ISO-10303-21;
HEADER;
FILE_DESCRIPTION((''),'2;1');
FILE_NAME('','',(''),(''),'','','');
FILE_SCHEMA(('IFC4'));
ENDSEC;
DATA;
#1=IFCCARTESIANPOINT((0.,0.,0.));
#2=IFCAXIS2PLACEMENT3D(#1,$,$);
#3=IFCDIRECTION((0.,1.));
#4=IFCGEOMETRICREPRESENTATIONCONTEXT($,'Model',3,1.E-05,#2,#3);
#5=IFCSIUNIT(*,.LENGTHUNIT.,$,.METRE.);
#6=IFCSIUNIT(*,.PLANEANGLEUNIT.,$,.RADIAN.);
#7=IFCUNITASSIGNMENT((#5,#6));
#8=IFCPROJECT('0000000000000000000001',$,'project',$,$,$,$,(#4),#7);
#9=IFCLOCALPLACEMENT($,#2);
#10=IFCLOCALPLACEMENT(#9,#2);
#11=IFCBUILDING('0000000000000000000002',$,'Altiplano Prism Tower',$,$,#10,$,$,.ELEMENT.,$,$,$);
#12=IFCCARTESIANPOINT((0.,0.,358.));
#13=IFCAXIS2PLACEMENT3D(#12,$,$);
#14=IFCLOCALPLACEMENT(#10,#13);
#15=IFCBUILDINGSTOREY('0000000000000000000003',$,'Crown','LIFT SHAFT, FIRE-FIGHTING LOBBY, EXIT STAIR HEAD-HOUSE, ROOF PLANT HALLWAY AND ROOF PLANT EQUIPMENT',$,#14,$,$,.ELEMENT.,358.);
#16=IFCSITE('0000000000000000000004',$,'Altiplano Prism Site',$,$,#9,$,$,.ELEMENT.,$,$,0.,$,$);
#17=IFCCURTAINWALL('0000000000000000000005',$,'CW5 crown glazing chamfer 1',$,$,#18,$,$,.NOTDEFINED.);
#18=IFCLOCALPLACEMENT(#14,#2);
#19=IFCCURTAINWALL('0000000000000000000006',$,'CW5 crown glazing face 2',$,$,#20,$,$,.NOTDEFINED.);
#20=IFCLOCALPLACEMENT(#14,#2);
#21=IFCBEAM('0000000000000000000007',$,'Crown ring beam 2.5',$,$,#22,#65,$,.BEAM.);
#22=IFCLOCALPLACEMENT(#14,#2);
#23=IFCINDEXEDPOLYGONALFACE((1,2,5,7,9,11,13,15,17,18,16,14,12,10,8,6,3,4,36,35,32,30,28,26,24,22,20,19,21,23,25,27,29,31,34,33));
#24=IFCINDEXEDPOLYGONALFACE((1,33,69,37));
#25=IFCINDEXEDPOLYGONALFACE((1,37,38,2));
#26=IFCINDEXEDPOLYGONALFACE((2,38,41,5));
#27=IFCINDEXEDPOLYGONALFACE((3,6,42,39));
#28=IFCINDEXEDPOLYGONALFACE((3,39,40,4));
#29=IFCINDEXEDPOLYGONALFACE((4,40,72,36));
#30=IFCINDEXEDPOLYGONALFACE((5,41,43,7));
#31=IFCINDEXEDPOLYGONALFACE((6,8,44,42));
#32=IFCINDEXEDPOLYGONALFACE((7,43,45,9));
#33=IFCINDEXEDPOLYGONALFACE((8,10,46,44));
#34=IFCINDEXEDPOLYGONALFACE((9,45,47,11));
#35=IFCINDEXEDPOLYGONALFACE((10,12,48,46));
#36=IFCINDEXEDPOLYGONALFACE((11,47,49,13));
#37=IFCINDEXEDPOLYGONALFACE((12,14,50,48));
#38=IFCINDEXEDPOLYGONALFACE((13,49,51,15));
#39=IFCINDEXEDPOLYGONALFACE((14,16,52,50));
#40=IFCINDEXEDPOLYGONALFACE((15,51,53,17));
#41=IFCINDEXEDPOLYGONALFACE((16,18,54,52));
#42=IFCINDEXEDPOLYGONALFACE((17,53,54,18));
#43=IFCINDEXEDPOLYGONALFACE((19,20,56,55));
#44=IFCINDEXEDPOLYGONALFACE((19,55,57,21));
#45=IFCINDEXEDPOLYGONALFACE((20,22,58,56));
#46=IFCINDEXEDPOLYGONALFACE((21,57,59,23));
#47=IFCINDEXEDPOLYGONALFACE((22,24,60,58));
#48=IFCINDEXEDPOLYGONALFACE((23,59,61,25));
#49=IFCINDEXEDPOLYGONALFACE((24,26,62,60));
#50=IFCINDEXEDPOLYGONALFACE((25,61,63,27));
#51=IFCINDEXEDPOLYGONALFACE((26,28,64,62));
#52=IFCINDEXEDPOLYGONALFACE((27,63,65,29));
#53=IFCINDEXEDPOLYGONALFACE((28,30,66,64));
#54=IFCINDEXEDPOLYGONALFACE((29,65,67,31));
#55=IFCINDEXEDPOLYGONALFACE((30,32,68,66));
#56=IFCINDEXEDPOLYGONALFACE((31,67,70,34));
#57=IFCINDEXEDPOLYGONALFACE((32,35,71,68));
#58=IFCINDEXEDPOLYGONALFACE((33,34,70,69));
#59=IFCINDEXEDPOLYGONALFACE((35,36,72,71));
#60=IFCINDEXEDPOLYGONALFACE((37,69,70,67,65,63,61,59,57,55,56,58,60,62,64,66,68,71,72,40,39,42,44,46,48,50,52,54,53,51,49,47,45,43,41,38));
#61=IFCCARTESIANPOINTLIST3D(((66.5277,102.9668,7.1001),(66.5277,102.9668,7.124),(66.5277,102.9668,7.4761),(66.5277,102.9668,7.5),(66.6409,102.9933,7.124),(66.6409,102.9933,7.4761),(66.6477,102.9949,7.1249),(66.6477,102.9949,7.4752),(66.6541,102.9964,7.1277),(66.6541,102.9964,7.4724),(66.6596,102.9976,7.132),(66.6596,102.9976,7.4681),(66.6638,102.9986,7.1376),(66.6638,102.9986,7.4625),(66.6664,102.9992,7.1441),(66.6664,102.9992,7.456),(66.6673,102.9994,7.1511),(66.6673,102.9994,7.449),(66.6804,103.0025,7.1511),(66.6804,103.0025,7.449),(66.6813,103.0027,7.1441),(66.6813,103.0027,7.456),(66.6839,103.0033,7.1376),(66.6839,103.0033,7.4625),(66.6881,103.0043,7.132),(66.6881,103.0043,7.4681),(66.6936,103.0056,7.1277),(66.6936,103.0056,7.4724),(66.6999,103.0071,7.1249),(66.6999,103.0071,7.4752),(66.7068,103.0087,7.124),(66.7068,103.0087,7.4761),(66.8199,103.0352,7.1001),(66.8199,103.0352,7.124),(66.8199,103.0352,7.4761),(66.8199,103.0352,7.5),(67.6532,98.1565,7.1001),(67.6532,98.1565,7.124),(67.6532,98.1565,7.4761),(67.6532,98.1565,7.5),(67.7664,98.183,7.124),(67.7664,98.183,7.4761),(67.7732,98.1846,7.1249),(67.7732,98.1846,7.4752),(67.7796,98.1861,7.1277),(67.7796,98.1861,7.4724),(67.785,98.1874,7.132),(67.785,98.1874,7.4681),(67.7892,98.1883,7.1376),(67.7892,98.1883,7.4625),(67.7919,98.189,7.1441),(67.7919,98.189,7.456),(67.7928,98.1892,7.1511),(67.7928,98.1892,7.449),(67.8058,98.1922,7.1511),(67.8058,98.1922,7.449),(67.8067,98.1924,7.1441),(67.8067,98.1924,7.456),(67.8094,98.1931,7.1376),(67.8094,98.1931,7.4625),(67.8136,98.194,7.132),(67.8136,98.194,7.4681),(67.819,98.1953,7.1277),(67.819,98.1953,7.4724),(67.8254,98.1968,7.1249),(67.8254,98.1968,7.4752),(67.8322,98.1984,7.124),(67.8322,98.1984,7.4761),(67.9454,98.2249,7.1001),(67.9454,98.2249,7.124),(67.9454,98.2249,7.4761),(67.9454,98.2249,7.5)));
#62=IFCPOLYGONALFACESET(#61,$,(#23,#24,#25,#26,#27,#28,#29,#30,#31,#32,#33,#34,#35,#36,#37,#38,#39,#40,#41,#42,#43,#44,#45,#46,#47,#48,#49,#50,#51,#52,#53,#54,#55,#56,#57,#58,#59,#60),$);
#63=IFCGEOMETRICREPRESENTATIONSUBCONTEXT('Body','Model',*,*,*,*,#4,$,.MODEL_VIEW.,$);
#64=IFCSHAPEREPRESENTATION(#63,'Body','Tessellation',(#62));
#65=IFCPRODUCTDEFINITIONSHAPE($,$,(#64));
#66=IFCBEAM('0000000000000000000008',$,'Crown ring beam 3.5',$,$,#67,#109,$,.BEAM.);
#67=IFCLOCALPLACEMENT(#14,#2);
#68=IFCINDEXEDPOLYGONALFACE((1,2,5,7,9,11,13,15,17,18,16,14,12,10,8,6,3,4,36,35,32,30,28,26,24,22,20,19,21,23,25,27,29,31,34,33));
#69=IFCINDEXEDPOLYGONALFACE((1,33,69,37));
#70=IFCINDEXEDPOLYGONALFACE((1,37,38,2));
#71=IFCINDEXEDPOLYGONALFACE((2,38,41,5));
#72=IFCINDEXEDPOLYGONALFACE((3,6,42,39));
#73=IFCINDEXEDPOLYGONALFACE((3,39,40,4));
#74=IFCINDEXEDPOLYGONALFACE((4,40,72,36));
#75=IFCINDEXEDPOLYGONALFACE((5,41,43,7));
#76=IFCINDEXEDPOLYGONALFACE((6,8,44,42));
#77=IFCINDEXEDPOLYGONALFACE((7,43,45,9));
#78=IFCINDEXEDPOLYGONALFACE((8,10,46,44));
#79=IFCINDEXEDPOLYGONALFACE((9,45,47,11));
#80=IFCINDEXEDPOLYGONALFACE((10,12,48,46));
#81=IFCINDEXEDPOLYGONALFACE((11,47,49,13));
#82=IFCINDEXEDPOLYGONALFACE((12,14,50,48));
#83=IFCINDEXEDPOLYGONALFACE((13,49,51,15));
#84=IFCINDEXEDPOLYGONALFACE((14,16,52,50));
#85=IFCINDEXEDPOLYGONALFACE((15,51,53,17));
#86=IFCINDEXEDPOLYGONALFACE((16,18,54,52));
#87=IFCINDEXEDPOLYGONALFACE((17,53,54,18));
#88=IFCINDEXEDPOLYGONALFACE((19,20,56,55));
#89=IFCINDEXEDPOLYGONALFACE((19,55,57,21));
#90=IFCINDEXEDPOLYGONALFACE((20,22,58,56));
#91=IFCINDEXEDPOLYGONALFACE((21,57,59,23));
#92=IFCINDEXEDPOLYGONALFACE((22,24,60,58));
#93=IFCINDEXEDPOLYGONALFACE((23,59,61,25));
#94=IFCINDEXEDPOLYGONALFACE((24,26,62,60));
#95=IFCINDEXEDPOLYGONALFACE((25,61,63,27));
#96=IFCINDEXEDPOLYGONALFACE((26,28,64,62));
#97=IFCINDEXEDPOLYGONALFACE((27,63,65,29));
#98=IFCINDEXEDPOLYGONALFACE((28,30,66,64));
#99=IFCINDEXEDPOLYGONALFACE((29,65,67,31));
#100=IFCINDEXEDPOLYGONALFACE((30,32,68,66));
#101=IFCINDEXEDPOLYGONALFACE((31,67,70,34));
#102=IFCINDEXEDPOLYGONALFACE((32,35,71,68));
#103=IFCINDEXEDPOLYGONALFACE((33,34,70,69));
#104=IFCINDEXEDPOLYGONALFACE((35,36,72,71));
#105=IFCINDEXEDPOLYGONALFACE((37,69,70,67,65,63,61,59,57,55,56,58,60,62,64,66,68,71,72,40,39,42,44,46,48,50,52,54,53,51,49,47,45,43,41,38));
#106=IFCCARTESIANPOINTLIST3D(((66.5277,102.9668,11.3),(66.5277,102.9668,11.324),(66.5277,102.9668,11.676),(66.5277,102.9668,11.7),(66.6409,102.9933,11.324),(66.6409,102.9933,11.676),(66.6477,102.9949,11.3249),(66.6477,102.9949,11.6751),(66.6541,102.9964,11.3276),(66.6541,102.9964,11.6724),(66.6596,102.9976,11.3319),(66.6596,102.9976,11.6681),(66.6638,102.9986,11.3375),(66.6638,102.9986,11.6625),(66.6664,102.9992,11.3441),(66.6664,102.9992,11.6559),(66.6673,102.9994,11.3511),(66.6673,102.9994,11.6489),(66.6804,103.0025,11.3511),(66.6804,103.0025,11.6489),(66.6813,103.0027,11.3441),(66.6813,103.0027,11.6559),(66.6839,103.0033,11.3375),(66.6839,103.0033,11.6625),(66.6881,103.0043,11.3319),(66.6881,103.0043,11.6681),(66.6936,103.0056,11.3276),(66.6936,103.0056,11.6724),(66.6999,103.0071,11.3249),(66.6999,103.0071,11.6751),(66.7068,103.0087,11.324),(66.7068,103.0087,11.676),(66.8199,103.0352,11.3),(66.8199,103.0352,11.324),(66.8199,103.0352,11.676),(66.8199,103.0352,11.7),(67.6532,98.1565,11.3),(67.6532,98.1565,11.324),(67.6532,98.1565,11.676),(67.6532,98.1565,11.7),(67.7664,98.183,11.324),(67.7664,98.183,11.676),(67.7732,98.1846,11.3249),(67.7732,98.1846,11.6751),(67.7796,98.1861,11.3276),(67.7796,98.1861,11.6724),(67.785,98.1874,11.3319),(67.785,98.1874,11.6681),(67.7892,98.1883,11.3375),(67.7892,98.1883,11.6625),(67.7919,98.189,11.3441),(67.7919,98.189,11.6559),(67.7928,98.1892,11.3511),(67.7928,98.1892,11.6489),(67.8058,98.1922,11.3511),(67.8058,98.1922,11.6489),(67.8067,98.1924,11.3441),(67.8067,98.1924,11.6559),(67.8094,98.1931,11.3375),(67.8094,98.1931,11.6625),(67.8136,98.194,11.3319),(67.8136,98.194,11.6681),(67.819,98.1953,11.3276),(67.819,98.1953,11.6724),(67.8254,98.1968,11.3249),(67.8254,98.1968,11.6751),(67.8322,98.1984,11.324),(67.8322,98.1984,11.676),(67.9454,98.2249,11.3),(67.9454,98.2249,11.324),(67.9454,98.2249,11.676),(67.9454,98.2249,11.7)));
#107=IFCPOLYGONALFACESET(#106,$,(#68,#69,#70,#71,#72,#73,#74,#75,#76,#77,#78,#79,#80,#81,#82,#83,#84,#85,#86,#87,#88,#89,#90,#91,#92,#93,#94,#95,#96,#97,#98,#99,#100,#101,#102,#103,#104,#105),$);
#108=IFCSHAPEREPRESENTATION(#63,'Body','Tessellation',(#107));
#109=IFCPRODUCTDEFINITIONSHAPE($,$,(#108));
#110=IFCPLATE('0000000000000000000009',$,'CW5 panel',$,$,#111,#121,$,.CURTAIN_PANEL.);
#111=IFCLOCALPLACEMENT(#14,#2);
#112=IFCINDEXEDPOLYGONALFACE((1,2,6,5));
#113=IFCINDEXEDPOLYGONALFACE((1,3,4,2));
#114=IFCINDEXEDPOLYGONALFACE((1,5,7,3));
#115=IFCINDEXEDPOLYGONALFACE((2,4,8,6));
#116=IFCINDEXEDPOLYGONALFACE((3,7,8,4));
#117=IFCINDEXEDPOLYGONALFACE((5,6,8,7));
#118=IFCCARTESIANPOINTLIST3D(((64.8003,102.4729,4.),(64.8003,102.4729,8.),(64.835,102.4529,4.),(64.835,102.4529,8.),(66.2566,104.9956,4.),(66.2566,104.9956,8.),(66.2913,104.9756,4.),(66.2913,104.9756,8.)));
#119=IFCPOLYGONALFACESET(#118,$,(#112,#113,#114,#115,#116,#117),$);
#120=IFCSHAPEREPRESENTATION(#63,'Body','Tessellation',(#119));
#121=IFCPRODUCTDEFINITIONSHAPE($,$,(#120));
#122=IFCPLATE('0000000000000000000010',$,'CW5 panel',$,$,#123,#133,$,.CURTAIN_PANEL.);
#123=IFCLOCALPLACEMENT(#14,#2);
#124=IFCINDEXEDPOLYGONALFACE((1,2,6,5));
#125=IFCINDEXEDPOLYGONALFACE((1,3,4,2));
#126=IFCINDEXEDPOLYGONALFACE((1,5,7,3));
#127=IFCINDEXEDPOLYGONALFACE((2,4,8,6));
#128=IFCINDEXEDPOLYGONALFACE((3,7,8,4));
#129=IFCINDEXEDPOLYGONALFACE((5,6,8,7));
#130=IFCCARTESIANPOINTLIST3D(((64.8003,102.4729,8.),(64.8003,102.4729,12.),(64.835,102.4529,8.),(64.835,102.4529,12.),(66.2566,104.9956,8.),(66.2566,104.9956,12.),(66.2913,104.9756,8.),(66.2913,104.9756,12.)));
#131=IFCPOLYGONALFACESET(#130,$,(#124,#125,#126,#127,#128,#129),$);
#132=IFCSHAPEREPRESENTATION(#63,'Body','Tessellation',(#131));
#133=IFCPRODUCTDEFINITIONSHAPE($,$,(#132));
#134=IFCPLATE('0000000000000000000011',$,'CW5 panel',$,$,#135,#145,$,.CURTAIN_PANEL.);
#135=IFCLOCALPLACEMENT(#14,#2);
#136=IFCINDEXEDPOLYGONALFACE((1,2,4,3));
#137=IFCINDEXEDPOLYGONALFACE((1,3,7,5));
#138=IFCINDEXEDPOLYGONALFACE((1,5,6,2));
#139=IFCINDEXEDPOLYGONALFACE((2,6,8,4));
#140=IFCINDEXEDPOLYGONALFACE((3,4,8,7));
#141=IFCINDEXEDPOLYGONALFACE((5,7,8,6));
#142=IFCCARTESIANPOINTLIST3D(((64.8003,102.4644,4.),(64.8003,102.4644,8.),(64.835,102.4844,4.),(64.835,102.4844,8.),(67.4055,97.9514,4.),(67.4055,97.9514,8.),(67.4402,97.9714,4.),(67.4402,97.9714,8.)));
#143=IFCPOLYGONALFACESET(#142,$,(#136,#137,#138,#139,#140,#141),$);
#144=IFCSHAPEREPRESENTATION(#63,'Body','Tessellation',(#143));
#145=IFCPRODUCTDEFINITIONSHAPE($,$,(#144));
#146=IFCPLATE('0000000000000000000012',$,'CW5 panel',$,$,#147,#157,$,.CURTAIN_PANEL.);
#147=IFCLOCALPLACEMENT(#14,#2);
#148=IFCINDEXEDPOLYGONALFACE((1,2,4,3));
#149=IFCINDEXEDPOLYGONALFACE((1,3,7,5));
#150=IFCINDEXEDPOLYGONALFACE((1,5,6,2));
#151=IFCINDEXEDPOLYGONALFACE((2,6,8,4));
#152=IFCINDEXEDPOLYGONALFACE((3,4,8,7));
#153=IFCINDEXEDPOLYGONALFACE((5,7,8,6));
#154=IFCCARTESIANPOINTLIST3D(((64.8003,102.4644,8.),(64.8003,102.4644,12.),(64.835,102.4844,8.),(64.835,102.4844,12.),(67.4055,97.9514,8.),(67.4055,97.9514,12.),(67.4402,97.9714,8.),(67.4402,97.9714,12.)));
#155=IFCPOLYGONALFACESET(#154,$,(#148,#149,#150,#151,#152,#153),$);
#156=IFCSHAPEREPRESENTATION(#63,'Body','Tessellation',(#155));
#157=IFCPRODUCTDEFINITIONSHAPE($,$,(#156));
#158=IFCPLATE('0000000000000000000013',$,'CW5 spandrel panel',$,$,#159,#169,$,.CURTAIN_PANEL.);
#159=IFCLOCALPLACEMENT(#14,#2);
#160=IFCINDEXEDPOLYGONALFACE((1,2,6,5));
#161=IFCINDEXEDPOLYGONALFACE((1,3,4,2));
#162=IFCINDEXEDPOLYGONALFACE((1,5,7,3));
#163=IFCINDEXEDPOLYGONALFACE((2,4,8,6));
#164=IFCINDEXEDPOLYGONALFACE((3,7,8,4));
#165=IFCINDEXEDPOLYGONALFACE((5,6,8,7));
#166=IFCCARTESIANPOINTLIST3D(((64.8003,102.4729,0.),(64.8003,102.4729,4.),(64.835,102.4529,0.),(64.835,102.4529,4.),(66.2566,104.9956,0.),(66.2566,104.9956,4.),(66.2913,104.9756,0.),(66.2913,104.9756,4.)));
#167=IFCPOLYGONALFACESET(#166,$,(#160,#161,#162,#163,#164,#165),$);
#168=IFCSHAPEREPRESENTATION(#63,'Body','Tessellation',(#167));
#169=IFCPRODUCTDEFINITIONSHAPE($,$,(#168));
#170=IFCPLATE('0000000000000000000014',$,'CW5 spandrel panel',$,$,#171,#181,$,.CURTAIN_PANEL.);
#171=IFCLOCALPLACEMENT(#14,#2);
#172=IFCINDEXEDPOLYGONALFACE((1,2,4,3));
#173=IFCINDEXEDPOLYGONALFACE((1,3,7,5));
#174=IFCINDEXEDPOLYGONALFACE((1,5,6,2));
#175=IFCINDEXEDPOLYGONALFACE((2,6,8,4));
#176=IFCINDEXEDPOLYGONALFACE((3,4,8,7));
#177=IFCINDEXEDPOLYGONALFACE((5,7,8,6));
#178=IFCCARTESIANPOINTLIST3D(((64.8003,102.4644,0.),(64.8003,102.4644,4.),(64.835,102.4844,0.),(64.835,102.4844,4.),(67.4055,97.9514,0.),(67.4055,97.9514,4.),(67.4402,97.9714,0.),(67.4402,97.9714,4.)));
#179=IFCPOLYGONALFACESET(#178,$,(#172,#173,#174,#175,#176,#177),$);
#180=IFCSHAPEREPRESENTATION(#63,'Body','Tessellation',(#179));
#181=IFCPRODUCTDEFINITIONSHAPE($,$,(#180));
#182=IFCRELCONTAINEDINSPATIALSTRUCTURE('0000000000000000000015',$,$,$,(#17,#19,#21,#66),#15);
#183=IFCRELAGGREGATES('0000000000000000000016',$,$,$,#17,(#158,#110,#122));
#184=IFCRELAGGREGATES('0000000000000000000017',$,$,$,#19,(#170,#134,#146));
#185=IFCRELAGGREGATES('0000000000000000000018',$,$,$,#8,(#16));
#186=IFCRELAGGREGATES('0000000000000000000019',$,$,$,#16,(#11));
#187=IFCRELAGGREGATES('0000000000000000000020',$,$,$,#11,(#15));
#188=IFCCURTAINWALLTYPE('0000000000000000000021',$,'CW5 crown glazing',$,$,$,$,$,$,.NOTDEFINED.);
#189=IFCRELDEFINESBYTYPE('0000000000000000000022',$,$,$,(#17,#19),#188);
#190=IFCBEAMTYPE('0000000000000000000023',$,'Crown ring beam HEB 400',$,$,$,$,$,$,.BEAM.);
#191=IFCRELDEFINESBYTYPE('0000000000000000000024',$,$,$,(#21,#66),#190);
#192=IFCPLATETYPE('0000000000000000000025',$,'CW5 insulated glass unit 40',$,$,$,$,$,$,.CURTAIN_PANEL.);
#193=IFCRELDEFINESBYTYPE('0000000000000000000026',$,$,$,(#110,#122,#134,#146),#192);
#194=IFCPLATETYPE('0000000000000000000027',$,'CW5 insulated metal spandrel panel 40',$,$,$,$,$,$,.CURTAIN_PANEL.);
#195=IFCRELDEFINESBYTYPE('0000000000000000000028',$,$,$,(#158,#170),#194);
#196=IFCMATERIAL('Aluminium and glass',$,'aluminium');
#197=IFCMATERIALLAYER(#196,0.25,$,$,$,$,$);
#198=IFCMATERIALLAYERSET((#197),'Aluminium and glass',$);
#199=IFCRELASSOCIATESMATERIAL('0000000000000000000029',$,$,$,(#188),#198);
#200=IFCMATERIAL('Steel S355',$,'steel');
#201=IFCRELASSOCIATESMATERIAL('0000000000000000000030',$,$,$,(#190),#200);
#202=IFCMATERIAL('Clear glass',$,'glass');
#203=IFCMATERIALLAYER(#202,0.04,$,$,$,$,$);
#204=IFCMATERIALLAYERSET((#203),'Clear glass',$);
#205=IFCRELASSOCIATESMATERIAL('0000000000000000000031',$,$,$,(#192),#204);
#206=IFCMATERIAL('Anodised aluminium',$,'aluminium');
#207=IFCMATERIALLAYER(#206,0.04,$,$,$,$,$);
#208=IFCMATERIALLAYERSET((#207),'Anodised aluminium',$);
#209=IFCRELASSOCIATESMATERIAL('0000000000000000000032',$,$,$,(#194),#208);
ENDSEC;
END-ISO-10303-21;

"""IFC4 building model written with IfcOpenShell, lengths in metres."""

from ifc_helpers import new_model, si_unit, direction, frame, origin, origin_2d, place, context, subcontext, project, spatial, polyline, i_section, outline, extrude, material, layer, layer_set, material_profile, profile_set, type_object, element, aggregate, save


model = new_model("IFC4")

# Units and contexts
model_context = context("Model", 3, precision=1e-05, world=origin(), true_north=direction((0.0, 1.0)))
body_context = subcontext(model_context, "Body", "Model", "MODEL_VIEW")
ifc_project = project(units=[si_unit("LENGTHUNIT", "METRE"), si_unit("PLANEANGLEUNIT", "RADIAN")], contexts=[model_context])

# Site, building, storey
site_placement = place(None, origin())
site = spatial("IfcSite", under=ifc_project, at=site_placement, Name="Altiplano Prism Site", CompositionType="ELEMENT", RefElevation=0.0)
building_placement = place(site_placement, origin())
building = spatial("IfcBuilding", under=site, at=building_placement, Name="Altiplano Prism Tower", CompositionType="ELEMENT")
storey_placement = place(building_placement, frame((0.0, 0.0, 358.0)))
storey = spatial("IfcBuildingStorey", under=building, at=storey_placement, Name="Crown", Description="LIFT SHAFT, FIRE-FIGHTING LOBBY, EXIT STAIR HEAD-HOUSE, ROOF PLANT HALLWAY AND ROOF PLANT EQUIPMENT", CompositionType="ELEMENT", Elevation=358.0)

# Curtain walls
ifc_material_1 = material(Name="Aluminium and glass", Category="aluminium")
ifc_layer_1 = layer(ifc_material_1, 0.25)
ifc_layer_set_1 = layer_set([ifc_layer_1], Name="Aluminium and glass")
curtain_wall_type = type_object("IfcCurtainWallType", Name="CW5 crown glazing", PredefinedType="NOTDEFINED", material=ifc_layer_set_1)
curtain_wall_1_placement = place(storey_placement, origin())
curtain_wall_1 = element("IfcCurtainWall", 1, at=curtain_wall_1_placement, inside=storey, type_object=curtain_wall_type, Name="CW5 crown glazing chamfer 1", PredefinedType="NOTDEFINED")
curtain_wall_2_placement = place(storey_placement, origin())
curtain_wall_2 = element("IfcCurtainWall", 2, at=curtain_wall_2_placement, inside=storey, type_object=curtain_wall_type, Name="CW5 crown glazing face 2", PredefinedType="NOTDEFINED")

# Shared definitions
ifc_material_2 = material(Name="Steel S355", Category="steel")

# Beams
ifc_material_profile_1 = material_profile(ifc_material_2, i_section(OverallWidth=0.3, OverallDepth=0.3999, WebThickness=0.0134, FlangeThickness=0.0239, FilletRadius=0.0271, at=origin_2d()), Name="Crown ring beam HEB 400")
ifc_profile_set_1 = profile_set([ifc_material_profile_1], Name="Steel S355")
beam_type = type_object("IfcBeamType", Name="Crown ring beam HEB 400", PredefinedType="BEAM", material=ifc_profile_set_1)
for number, where, z_axis, x_axis, name in (
    (3, (66.6738, 103.001, 7.3), (0.227822, -0.973703, 0.0), (0.973703, 0.227822, 0.0), "Crown ring beam 2.5"),
    (4, (66.6738, 103.001, 11.5), (0.227822, -0.973703, 0.0), (0.973703, 0.227822, 0.0), "Crown ring beam 3.5"),
):
    element("IfcBeam", number, at=place(storey_placement, frame(where, z_axis=z_axis, x_axis=x_axis)), inside=storey, type_object=beam_type, Name=name, PredefinedType="BEAM", context=body_context, shape_type="SweptSolid", body=[
        extrude(i_section(OverallWidth=0.3, OverallDepth=0.3999, WebThickness=0.0134, FlangeThickness=0.0239, FilletRadius=0.0271, at=origin_2d()), origin(), (0.0, 0.0, 1.0), 4.9402),
    ])

# Plates
ifc_material_3 = material(Name="Clear glass", Category="glass")
ifc_layer_2 = layer(ifc_material_3, 0.04)
ifc_layer_set_2 = layer_set([ifc_layer_2], Name="Clear glass")
plate_type_1 = type_object("IfcPlateType", Name="CW5 insulated glass unit 40", PredefinedType="CURTAIN_PANEL", material=ifc_layer_set_2)
plate_1_placement = place(storey_placement, frame((66.2566, 104.9956, 4.0), z_axis=(-0.866053, 0.499952, 0.0), x_axis=(-0.499952, -0.866053, 0.0)))
plate_1 = element("IfcPlate", 5, at=plate_1_placement, type_object=plate_type_1, Name="CW5 panel", PredefinedType="CURTAIN_PANEL", context=body_context, shape_type="SweptSolid", body=[
    extrude(outline(polyline([(0.0, 0.0), (2.9128, 0.0), (2.9128, 4.0), (0.0, 4.0), (0.0, 0.0)])), origin(), (0.0, 0.0, -1.0), 0.04),
])
plate_2_placement = place(storey_placement, frame((66.2566, 104.9956, 8.0), z_axis=(-0.866053, 0.499952, 0.0), x_axis=(-0.499952, -0.866053, 0.0)))
plate_2 = element("IfcPlate", 6, at=plate_2_placement, type_object=plate_type_1, Name="CW5 panel", PredefinedType="CURTAIN_PANEL", context=body_context, shape_type="SweptSolid", body=[
    extrude(outline(polyline([(0.0, 0.0), (2.9128, 0.0), (2.9128, 4.0), (0.0, 4.0), (0.0, 0.0)])), origin(), (0.0, 0.0, -1.0), 0.04),
])
plate_3_placement = place(storey_placement, frame((64.8003, 102.4644, 4.0), z_axis=(-0.866052, -0.499954, 0.0), x_axis=(0.499954, -0.866052, 0.0)))
plate_3 = element("IfcPlate", 7, at=plate_3_placement, type_object=plate_type_1, Name="CW5 panel", PredefinedType="CURTAIN_PANEL", context=body_context, shape_type="SweptSolid", body=[
    extrude(outline(polyline([(0.0, 0.0), (5.2109, 0.0), (5.2109, 4.0), (0.0, 4.0), (0.0, 0.0)])), origin(), (0.0, 0.0, -1.0), 0.04),
])
plate_4_placement = place(storey_placement, frame((64.8003, 102.4644, 8.0), z_axis=(-0.866052, -0.499954, 0.0), x_axis=(0.499954, -0.866052, 0.0)))
plate_4 = element("IfcPlate", 8, at=plate_4_placement, type_object=plate_type_1, Name="CW5 panel", PredefinedType="CURTAIN_PANEL", context=body_context, shape_type="SweptSolid", body=[
    extrude(outline(polyline([(0.0, 0.0), (5.2109, 0.0), (5.2109, 4.0), (0.0, 4.0), (0.0, 0.0)])), origin(), (0.0, 0.0, -1.0), 0.04),
])
ifc_material_4 = material(Name="Anodised aluminium", Category="aluminium")
ifc_layer_3 = layer(ifc_material_4, 0.04)
ifc_layer_set_3 = layer_set([ifc_layer_3], Name="Anodised aluminium")
plate_type_2 = type_object("IfcPlateType", Name="CW5 insulated metal spandrel panel 40", PredefinedType="CURTAIN_PANEL", material=ifc_layer_set_3)
plate_5_placement = place(storey_placement, frame((66.2566, 104.9956, 0.0), z_axis=(-0.866053, 0.499952, 0.0), x_axis=(-0.499952, -0.866053, 0.0)))
plate_5 = element("IfcPlate", 9, at=plate_5_placement, type_object=plate_type_2, Name="CW5 spandrel panel", PredefinedType="CURTAIN_PANEL", context=body_context, shape_type="SweptSolid", body=[
    extrude(outline(polyline([(0.0, 0.0), (2.9128, 0.0), (2.9128, 4.0), (0.0, 4.0), (0.0, 0.0)])), origin(), (0.0, 0.0, -1.0), 0.04),
])
aggregate(curtain_wall_1, [plate_5, plate_1, plate_2])
plate_6_placement = place(storey_placement, frame((64.8003, 102.4644, 0.0), z_axis=(-0.866052, -0.499954, 0.0), x_axis=(0.499954, -0.866052, 0.0)))
plate_6 = element("IfcPlate", 10, at=plate_6_placement, type_object=plate_type_2, Name="CW5 spandrel panel", PredefinedType="CURTAIN_PANEL", context=body_context, shape_type="SweptSolid", body=[
    extrude(outline(polyline([(0.0, 0.0), (5.2109, 0.0), (5.2109, 4.0), (0.0, 4.0), (0.0, 0.0)])), origin(), (0.0, 0.0, -1.0), 0.04),
])
aggregate(curtain_wall_2, [plate_6, plate_3, plate_4])

save(model, "model.ifc")
